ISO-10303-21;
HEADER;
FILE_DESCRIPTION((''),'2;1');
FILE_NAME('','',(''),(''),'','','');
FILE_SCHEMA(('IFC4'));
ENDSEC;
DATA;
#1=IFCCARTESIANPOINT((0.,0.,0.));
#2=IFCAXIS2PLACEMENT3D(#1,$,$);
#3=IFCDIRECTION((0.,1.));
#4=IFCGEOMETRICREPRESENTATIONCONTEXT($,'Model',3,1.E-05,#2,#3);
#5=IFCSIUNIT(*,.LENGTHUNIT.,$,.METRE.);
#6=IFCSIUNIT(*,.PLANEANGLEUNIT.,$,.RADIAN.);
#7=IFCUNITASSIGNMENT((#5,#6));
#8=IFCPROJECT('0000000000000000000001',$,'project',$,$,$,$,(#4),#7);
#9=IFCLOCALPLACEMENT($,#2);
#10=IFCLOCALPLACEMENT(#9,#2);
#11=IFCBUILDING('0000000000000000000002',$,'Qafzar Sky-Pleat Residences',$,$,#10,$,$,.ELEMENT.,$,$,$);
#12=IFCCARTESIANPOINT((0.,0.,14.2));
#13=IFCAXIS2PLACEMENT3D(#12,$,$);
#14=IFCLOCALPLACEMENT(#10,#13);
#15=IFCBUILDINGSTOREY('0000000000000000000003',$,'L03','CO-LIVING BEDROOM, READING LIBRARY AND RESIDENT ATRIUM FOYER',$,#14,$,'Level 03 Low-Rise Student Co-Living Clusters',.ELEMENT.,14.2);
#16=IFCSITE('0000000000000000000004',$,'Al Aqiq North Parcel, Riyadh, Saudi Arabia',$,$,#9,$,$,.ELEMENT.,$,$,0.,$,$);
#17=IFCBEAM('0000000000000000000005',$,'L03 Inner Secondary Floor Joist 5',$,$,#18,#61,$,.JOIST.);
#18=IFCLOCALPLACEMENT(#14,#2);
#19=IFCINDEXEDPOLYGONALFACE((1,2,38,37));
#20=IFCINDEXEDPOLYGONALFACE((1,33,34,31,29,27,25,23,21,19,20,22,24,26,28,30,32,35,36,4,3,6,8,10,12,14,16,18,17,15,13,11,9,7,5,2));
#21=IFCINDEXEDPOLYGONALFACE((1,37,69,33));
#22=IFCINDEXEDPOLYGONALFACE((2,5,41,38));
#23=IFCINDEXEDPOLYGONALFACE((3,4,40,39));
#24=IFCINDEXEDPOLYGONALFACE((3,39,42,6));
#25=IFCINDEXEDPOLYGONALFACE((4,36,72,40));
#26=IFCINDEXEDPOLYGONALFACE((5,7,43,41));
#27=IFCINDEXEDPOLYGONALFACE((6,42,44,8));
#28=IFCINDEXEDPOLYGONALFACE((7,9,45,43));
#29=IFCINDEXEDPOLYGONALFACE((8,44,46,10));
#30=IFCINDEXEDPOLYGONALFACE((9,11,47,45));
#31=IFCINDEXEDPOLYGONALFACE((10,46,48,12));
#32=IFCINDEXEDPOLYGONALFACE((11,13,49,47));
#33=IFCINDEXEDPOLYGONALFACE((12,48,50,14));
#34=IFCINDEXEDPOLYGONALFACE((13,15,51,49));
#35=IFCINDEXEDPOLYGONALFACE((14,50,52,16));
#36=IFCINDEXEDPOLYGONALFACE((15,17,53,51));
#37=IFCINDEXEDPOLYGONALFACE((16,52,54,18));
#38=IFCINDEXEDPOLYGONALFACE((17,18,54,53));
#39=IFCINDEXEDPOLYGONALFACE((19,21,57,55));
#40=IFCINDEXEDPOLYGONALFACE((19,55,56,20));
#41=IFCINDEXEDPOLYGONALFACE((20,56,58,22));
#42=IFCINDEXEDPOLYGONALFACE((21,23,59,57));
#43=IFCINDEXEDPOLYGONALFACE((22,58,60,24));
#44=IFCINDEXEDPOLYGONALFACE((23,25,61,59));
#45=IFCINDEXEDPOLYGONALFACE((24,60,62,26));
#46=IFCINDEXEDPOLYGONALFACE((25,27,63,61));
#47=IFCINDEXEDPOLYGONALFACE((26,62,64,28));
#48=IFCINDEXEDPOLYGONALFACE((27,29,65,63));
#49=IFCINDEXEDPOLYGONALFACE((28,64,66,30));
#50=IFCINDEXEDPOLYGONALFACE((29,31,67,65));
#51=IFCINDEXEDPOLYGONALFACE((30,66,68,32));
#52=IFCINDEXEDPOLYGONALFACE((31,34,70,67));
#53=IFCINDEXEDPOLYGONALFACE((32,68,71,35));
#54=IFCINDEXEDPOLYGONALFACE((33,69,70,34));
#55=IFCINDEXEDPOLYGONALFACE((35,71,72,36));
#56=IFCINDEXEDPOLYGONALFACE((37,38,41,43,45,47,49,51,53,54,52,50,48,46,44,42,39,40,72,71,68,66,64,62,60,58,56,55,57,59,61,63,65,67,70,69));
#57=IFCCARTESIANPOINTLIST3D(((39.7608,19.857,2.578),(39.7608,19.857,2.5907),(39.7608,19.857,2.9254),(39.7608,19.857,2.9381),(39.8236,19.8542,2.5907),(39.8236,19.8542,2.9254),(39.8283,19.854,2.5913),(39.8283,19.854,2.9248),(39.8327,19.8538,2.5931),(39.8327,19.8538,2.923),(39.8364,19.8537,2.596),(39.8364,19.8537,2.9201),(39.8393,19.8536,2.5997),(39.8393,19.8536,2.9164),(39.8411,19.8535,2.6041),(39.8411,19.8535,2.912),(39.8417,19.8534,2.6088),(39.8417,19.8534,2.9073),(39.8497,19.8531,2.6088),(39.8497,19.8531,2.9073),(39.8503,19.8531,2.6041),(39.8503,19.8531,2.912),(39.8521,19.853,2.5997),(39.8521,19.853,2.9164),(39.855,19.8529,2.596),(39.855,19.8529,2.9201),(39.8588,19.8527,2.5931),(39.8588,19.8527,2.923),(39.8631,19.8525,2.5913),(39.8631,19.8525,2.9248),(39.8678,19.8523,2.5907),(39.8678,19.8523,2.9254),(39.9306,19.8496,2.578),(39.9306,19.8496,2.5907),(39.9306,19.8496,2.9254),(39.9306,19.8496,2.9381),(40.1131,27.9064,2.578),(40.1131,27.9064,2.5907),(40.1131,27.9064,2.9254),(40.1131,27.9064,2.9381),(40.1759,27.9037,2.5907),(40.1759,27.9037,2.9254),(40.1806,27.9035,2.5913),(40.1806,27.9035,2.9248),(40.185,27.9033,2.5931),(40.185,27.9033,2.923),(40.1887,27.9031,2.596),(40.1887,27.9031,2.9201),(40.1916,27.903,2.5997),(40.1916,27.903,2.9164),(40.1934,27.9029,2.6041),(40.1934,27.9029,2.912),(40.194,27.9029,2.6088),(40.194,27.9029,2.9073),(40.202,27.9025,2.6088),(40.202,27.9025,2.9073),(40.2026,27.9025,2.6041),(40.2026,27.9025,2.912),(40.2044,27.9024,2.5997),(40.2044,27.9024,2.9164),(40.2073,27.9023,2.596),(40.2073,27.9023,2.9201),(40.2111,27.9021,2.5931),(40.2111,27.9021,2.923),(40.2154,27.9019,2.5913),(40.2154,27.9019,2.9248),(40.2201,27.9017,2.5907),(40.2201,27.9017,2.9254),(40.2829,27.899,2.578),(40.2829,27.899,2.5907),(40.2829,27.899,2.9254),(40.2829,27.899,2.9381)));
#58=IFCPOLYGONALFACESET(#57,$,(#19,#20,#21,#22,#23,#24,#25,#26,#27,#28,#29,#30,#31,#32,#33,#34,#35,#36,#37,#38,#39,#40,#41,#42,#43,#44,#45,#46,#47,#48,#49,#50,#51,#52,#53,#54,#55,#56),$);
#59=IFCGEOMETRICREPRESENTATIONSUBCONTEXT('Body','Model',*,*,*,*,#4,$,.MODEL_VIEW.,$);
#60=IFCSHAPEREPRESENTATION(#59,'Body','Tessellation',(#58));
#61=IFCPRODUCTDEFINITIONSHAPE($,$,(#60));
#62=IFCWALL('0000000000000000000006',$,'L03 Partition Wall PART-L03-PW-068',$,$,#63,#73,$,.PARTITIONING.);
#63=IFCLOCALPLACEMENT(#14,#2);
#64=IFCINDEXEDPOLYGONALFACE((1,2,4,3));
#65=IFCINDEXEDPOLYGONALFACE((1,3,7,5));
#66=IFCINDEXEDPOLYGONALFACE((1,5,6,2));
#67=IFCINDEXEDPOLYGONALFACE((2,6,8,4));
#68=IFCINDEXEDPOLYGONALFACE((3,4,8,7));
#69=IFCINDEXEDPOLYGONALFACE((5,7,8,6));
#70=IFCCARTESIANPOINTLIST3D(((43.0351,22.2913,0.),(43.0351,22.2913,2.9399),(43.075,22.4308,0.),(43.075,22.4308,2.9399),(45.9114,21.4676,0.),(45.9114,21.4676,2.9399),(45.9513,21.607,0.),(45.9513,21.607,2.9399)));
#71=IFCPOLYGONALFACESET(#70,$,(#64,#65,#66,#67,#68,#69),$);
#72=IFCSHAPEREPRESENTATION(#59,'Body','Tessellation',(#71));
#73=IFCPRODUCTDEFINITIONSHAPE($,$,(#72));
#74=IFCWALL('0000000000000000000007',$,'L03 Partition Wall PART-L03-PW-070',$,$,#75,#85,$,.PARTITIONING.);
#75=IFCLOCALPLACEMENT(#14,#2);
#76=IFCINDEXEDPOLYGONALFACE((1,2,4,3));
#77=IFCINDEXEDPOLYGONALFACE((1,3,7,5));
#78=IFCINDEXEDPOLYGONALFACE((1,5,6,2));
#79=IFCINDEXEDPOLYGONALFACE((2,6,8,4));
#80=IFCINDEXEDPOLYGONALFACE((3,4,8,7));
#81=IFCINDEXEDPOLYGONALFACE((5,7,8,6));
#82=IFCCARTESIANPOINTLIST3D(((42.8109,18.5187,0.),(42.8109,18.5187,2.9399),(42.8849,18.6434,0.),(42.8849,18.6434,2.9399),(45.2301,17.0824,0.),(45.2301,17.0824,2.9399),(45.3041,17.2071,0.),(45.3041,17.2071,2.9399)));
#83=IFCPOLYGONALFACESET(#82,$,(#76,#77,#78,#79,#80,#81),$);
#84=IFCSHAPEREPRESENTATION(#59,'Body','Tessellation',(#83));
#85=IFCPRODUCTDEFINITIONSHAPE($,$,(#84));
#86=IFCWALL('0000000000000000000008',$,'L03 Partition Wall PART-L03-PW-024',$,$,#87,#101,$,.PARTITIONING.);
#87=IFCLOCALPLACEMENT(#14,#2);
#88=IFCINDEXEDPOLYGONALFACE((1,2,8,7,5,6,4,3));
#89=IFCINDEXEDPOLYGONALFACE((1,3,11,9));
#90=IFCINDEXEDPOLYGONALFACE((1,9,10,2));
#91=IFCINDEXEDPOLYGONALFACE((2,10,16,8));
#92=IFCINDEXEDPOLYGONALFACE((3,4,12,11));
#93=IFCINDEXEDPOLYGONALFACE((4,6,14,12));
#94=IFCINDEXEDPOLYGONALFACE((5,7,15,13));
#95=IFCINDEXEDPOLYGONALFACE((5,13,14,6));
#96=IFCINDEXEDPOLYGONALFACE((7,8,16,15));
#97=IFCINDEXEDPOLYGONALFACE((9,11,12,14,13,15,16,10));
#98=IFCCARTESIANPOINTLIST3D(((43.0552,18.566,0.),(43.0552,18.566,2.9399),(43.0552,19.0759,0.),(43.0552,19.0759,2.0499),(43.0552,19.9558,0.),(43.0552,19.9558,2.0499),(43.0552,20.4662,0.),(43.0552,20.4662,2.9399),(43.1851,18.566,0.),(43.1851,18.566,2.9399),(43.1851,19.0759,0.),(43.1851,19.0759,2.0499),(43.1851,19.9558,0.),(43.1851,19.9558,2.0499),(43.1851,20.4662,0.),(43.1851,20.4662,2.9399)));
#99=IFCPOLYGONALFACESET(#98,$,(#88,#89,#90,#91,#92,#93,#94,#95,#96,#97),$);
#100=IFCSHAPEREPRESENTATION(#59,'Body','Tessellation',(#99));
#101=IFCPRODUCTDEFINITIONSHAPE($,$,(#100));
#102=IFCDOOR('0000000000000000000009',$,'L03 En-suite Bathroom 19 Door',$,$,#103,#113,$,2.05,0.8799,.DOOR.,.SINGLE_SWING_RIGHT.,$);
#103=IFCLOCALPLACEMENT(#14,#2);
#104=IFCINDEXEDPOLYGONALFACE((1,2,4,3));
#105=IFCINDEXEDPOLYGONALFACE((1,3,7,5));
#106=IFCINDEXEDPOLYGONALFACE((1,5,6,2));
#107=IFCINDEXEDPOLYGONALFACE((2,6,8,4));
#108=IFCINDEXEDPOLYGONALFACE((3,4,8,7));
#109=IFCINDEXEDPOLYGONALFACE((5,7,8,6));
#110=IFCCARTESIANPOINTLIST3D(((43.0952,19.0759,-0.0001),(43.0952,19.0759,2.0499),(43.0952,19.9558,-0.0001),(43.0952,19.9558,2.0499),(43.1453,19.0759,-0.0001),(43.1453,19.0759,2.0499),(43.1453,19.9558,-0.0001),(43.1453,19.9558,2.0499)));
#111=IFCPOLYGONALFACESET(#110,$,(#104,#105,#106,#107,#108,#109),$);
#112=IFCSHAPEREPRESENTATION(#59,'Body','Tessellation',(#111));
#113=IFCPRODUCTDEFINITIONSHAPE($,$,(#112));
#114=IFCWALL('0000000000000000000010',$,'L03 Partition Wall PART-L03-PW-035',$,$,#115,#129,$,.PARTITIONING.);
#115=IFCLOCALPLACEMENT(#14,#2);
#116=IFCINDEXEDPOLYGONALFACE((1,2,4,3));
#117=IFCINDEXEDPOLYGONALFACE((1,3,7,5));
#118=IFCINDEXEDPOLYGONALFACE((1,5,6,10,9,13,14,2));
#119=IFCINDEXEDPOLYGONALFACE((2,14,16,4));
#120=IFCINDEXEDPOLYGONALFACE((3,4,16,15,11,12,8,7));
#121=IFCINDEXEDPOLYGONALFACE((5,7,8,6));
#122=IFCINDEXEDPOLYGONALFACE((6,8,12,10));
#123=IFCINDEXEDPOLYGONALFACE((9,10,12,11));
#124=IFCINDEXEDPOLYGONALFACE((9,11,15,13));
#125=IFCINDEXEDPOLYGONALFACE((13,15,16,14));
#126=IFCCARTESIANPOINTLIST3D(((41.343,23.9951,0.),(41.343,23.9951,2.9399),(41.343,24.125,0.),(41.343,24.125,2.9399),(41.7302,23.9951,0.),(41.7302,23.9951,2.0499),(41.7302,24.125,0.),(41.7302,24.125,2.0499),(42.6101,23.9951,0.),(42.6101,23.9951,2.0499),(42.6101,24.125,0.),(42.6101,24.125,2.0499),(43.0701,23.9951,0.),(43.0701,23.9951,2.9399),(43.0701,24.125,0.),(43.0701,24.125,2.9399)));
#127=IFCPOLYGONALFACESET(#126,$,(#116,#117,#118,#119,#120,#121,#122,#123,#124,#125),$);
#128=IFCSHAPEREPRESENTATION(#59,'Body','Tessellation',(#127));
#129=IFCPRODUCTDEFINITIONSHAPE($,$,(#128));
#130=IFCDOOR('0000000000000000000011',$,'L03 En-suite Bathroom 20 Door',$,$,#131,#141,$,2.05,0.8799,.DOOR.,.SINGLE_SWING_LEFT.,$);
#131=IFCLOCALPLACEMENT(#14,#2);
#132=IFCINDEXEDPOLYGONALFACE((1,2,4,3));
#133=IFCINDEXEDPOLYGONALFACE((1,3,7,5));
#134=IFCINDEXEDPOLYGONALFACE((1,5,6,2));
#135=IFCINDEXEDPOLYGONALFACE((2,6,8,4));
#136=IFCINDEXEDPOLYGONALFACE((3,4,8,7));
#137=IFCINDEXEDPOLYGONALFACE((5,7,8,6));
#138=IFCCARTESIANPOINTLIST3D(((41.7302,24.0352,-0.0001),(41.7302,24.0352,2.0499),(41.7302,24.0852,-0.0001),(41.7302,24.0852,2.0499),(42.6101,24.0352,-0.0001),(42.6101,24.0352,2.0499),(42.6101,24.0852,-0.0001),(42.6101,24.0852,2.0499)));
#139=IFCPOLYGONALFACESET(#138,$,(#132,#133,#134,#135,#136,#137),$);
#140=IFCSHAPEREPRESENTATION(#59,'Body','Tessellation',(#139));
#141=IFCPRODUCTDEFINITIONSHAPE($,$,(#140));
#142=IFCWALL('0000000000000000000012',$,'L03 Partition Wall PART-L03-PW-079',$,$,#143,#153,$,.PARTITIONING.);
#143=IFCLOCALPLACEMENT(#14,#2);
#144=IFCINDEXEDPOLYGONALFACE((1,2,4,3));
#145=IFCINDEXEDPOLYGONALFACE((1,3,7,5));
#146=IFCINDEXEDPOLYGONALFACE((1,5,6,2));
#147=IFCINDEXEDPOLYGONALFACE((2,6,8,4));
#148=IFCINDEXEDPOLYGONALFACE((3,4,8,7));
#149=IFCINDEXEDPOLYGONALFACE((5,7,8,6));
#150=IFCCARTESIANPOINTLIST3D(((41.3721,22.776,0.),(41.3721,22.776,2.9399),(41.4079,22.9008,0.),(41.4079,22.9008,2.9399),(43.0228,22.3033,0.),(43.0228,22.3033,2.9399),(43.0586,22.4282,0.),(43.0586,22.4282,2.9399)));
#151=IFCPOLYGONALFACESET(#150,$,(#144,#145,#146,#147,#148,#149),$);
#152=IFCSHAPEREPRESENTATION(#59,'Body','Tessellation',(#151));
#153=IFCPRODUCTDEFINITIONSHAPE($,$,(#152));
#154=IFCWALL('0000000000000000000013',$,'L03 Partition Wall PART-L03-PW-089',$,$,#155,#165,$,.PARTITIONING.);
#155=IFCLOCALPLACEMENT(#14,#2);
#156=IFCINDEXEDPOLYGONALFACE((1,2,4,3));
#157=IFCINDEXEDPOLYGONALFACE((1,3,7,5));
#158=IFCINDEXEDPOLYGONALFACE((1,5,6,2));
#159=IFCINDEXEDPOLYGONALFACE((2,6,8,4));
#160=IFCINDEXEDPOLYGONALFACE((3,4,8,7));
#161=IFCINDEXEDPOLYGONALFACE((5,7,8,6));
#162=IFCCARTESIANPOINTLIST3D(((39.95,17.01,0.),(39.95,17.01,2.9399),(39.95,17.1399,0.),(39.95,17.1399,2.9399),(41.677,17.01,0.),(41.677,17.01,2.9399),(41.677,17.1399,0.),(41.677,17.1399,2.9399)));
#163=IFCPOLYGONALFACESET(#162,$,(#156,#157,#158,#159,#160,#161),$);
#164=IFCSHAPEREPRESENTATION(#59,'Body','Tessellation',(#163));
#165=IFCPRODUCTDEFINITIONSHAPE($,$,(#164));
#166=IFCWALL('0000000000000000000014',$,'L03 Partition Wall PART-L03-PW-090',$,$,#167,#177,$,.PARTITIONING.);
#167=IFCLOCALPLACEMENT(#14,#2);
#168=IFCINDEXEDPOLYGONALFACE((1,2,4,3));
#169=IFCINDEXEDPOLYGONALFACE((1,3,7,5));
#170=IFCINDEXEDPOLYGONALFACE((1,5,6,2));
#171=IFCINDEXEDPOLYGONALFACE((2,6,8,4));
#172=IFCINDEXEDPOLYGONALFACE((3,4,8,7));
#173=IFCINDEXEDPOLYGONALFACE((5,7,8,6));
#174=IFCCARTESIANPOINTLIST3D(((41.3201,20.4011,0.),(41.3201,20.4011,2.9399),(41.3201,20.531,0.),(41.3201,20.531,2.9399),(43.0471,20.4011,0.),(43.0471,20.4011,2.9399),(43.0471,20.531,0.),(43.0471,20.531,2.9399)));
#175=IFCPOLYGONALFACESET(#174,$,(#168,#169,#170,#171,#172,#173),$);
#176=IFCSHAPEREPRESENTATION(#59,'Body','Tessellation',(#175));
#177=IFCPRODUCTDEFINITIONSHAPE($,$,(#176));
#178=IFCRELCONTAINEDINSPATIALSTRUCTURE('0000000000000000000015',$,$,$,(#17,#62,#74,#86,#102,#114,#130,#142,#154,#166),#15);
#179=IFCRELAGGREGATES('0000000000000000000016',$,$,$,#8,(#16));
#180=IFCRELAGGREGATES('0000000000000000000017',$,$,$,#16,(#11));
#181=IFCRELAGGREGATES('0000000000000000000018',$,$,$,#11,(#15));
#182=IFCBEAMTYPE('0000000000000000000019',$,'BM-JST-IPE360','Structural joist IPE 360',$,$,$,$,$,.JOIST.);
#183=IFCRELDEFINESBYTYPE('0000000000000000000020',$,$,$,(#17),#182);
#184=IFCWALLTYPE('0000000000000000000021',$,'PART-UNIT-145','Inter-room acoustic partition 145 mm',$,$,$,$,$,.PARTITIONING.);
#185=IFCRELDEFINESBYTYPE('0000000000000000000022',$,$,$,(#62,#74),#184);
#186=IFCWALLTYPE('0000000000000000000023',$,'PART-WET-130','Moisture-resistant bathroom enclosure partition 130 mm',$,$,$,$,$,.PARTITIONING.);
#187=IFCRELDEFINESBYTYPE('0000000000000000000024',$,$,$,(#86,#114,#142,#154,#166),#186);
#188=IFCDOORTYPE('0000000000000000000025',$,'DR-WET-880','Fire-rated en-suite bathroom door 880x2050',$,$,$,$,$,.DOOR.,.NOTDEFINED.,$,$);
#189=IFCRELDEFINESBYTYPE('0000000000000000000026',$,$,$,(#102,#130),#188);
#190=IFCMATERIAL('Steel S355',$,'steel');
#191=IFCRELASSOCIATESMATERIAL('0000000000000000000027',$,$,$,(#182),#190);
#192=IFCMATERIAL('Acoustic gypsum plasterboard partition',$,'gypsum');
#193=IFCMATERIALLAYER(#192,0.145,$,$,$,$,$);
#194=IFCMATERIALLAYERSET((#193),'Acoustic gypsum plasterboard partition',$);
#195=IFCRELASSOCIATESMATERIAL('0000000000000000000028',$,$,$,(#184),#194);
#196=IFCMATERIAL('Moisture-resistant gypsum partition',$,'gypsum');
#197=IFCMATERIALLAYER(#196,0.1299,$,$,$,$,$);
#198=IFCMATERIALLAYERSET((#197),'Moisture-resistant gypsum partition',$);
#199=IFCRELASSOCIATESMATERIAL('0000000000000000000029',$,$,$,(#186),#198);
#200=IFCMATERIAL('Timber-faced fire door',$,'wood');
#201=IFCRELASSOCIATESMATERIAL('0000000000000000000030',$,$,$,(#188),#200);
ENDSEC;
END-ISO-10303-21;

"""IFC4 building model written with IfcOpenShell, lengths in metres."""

from ifc_helpers import new_model, si_unit, direction, frame, frame_2d, origin, origin_2d, place, context, subcontext, project, spatial, rectangle, i_section, extrude, source, transform, mapped, material, layer, layer_set, material_profile, profile_set, type_object, element, fill, save


model = new_model("IFC4")

# Units and contexts
model_context = context("Model", 3, precision=1e-05, world=origin(), true_north=direction((0.0, 1.0)))
body_context = subcontext(model_context, "Body", "Model", "MODEL_VIEW")
ifc_project = project(units=[si_unit("LENGTHUNIT", "METRE"), si_unit("PLANEANGLEUNIT", "RADIAN")], contexts=[model_context])

# Site, building, storey
site_placement = place(None, origin())
site = spatial("IfcSite", under=ifc_project, at=site_placement, Name="Al Aqiq North Parcel, Riyadh, Saudi Arabia", CompositionType="ELEMENT", RefElevation=0.0)
building_placement = place(site_placement, origin())
building = spatial("IfcBuilding", under=site, at=building_placement, Name="Qafzar Sky-Pleat Residences", CompositionType="ELEMENT")
storey_placement = place(building_placement, frame((0.0, 0.0, 14.2)))
storey = spatial("IfcBuildingStorey", under=building, at=storey_placement, Name="L03", Description="CO-LIVING BEDROOM, READING LIBRARY AND RESIDENT ATRIUM FOYER", LongName="Level 03 Low-Rise Student Co-Living Clusters", CompositionType="ELEMENT", Elevation=14.2)

# Beam
ifc_material_1 = material(Name="Steel S355", Category="steel")
ifc_material_profile_1 = material_profile(ifc_material_1, i_section(OverallWidth=0.1699, OverallDepth=0.3601, WebThickness=0.0081, FlangeThickness=0.0127, FilletRadius=0.0181, at=origin_2d()), Name="IPE 360")
ifc_profile_set_1 = profile_set([ifc_material_profile_1], Name="Steel S355")
beam_type_1 = type_object("IfcBeamType", Name="BM-JST-IPE360", Description="Structural joist IPE 360", PredefinedType="JOIST", material=ifc_profile_set_1)
shared_shape_1 = source(origin(), body_context, "Body", "SweptSolid", [
    extrude(i_section(OverallWidth=0.1699, OverallDepth=0.3601, WebThickness=0.0081, FlangeThickness=0.0127, FilletRadius=0.0181, at=origin_2d()), origin(), (0.0, 0.0, 1.0), 8.0571),
])
beam_1_placement = place(storey_placement, frame((39.8457, 19.8533, 2.7581), z_axis=(0.043725, 0.999044, 0.0), x_axis=(-0.999044, 0.043725, 0.0)))
element("IfcBeam", 1, at=beam_1_placement, inside=storey, type_object=beam_type_1, Name="L03 Inner Secondary Floor Joist 5", PredefinedType="JOIST", context=body_context, shape_type="MappedRepresentation", body=[
    mapped(shared_shape_1, transform((0.0, 0.0, 0.0), x_axis=(1.0, 0.0, 0.0), y_axis=(0.0, 1.0, 0.0), z_axis=(0.0, 0.0, 1.0), scale=1.0)),
])

# Walls
ifc_material_2 = material(Name="Acoustic gypsum plasterboard partition", Category="gypsum")
ifc_layer_1 = layer(ifc_material_2, 0.145)
ifc_layer_set_1 = layer_set([ifc_layer_1], Name="Acoustic gypsum plasterboard partition")
wall_type_1 = type_object("IfcWallType", Name="PART-UNIT-145", Description="Inter-room acoustic partition 145 mm", PredefinedType="PARTITIONING", material=ifc_layer_set_1)
wall_1_placement = place(storey_placement, frame((43.0549, 22.3611, 0.0), z_axis=(0.0, 0.0, 1.0), x_axis=(0.961351, -0.275325, 0.0)))
element("IfcWall", 2, at=wall_1_placement, inside=storey, type_object=wall_type_1, Name="L03 Partition Wall PART-L03-PW-068", PredefinedType="PARTITIONING", context=body_context, shape_type="SweptSolid", body=[
    extrude(rectangle(XDim=2.9919, YDim=0.145, at=frame_2d((1.4961, 0.0))), origin(), (0.0, 0.0, 1.0), 2.9399),
])
wall_2_placement = place(storey_placement, frame((42.8479, 18.5811, 0.0), z_axis=(0.0, 0.0, 1.0), x_axis=(0.859873, -0.510509, 0.0)))
element("IfcWall", 3, at=wall_2_placement, inside=storey, type_object=wall_type_1, Name="L03 Partition Wall PART-L03-PW-070", PredefinedType="PARTITIONING", context=body_context, shape_type="SweptSolid", body=[
    extrude(rectangle(XDim=2.8135, YDim=0.145, at=frame_2d((1.4067, 0.0))), origin(), (0.0, 0.0, 1.0), 2.9399),
])

# Walls, openings, doors
ifc_material_3 = material(Name="Moisture-resistant gypsum partition", Category="gypsum")
ifc_layer_2 = layer(ifc_material_3, 0.1299)
ifc_layer_set_2 = layer_set([ifc_layer_2], Name="Moisture-resistant gypsum partition")
wall_type_2 = type_object("IfcWallType", Name="PART-WET-130", Description="Moisture-resistant bathroom enclosure partition 130 mm", PredefinedType="PARTITIONING", material=ifc_layer_set_2)
wall_3_placement = place(storey_placement, frame((43.1201, 18.5659, 0.0), z_axis=(0.0, 0.0, 1.0), x_axis=(0.0, 1.0, 0.0)))
wall_3 = element("IfcWall", 4, at=wall_3_placement, inside=storey, type_object=wall_type_2, Name="L03 Partition Wall PART-L03-PW-024", PredefinedType="PARTITIONING", context=body_context, shape_type="SweptSolid", body=[
    extrude(rectangle(XDim=1.9001, YDim=0.1299, at=frame_2d((0.9502, 0.0))), origin(), (0.0, 0.0, 1.0), 2.9399),
])
opening_1_placement = place(wall_3_placement, frame((0.51, 0.0, 0.0)))
opening_1 = element("IfcOpeningElement", 5, at=opening_1_placement, cuts=wall_3, PredefinedType="OPENING", context=body_context, shape_type="SweptSolid", body=[
    extrude(rectangle(XDim=0.8799, YDim=2.05, at=frame_2d((0.4399, 1.0249))), frame((0.0, 0.075, 0.0), z_axis=(0.0, -1.0, 0.0), x_axis=(1.0, 0.0, 0.0)), (0.0, 0.0, 1.0), 0.1499),
])
ifc_material_4 = material(Name="Timber-faced fire door", Category="wood")
door_type = type_object("IfcDoorType", Name="DR-WET-880", Description="Fire-rated en-suite bathroom door 880x2050", OperationType="NOTDEFINED", PredefinedType="DOOR", material=ifc_material_4)
shared_shape_2 = source(origin(), body_context, "Body", "SweptSolid", [
    extrude(rectangle(XDim=0.8799, YDim=2.05, at=frame_2d((0.4399, 1.0249))), frame((0.0, 0.0249, 0.0), z_axis=(0.0, -1.0, 0.0), x_axis=(1.0, 0.0, 0.0)), (0.0, 0.0, 1.0), 0.05),
])
door_1_placement = place(opening_1_placement, origin())
door_1 = element("IfcDoor", 6, at=door_1_placement, inside=storey, type_object=door_type, Name="L03 En-suite Bathroom 19 Door", OperationType="SINGLE_SWING_RIGHT", OverallHeight=2.05, OverallWidth=0.8799, PredefinedType="DOOR", context=body_context, shape_type="MappedRepresentation", body=[
    mapped(shared_shape_2, transform((0.0, 0.0, 0.0), x_axis=(1.0, 0.0, 0.0), y_axis=(0.0, 1.0, 0.0), z_axis=(0.0, 0.0, 1.0), scale=1.0)),
])
fill(opening_1, door_1)
wall_4_placement = place(storey_placement, frame((43.0701, 24.0601, 0.0), z_axis=(0.0, 0.0, 1.0), x_axis=(-1.0, 0.0, 0.0)))
wall_4 = element("IfcWall", 7, at=wall_4_placement, inside=storey, type_object=wall_type_2, Name="L03 Partition Wall PART-L03-PW-035", PredefinedType="PARTITIONING", context=body_context, shape_type="SweptSolid", body=[
    extrude(rectangle(XDim=1.7271, YDim=0.1299, at=frame_2d((0.8635, 0.0))), origin(), (0.0, 0.0, 1.0), 2.9399),
])
opening_2_placement = place(wall_4_placement, frame((0.46, 0.0, 0.0)))
opening_2 = element("IfcOpeningElement", 8, at=opening_2_placement, cuts=wall_4, PredefinedType="OPENING", context=body_context, shape_type="SweptSolid", body=[
    extrude(rectangle(XDim=0.8799, YDim=2.05, at=frame_2d((0.4399, 1.0249))), frame((0.0, 0.075, 0.0), z_axis=(0.0, -1.0, 0.0), x_axis=(1.0, 0.0, 0.0)), (0.0, 0.0, 1.0), 0.1499),
])
door_2_placement = place(opening_2_placement, origin())
door_2 = element("IfcDoor", 9, at=door_2_placement, inside=storey, type_object=door_type, Name="L03 En-suite Bathroom 20 Door", OperationType="SINGLE_SWING_LEFT", OverallHeight=2.05, OverallWidth=0.8799, PredefinedType="DOOR", context=body_context, shape_type="MappedRepresentation", body=[
    mapped(shared_shape_2, transform((0.0, 0.0, 0.0), x_axis=(1.0, 0.0, 0.0), y_axis=(0.0, 1.0, 0.0), z_axis=(0.0, 0.0, 1.0), scale=1.0)),
])
fill(opening_2, door_2)

# Walls
wall_5_placement = place(storey_placement, frame((41.3901, 22.8384, 0.0), z_axis=(0.0, 0.0, 1.0), x_axis=(0.961363, -0.275284, 0.0)))
element("IfcWall", 10, at=wall_5_placement, inside=storey, type_object=wall_type_2, Name="L03 Partition Wall PART-L03-PW-079", PredefinedType="PARTITIONING", context=body_context, shape_type="SweptSolid", body=[
    extrude(rectangle(XDim=1.717, YDim=0.1299, at=frame_2d((0.8584, 0.0))), origin(), (0.0, 0.0, 1.0), 2.9399),
])
for number, where, z_axis, x_axis, name in (
    (11, (39.95, 17.075, 0.0), (0.0, 0.0, 1.0), (1.0, 0.0, 0.0), "L03 Partition Wall PART-L03-PW-089"),
    (12, (41.3201, 20.4661, 0.0), (0.0, 0.0, 1.0), (1.0, 0.0, 0.0), "L03 Partition Wall PART-L03-PW-090"),
):
    element("IfcWall", number, at=place(storey_placement, frame(where, z_axis=z_axis, x_axis=x_axis)), inside=storey, type_object=wall_type_2, Name=name, PredefinedType="PARTITIONING", context=body_context, shape_type="SweptSolid", body=[
        extrude(rectangle(XDim=1.7271, YDim=0.1299, at=frame_2d((0.8635, 0.0))), origin(), (0.0, 0.0, 1.0), 2.9399),
    ])

save(model, "model.ifc")
